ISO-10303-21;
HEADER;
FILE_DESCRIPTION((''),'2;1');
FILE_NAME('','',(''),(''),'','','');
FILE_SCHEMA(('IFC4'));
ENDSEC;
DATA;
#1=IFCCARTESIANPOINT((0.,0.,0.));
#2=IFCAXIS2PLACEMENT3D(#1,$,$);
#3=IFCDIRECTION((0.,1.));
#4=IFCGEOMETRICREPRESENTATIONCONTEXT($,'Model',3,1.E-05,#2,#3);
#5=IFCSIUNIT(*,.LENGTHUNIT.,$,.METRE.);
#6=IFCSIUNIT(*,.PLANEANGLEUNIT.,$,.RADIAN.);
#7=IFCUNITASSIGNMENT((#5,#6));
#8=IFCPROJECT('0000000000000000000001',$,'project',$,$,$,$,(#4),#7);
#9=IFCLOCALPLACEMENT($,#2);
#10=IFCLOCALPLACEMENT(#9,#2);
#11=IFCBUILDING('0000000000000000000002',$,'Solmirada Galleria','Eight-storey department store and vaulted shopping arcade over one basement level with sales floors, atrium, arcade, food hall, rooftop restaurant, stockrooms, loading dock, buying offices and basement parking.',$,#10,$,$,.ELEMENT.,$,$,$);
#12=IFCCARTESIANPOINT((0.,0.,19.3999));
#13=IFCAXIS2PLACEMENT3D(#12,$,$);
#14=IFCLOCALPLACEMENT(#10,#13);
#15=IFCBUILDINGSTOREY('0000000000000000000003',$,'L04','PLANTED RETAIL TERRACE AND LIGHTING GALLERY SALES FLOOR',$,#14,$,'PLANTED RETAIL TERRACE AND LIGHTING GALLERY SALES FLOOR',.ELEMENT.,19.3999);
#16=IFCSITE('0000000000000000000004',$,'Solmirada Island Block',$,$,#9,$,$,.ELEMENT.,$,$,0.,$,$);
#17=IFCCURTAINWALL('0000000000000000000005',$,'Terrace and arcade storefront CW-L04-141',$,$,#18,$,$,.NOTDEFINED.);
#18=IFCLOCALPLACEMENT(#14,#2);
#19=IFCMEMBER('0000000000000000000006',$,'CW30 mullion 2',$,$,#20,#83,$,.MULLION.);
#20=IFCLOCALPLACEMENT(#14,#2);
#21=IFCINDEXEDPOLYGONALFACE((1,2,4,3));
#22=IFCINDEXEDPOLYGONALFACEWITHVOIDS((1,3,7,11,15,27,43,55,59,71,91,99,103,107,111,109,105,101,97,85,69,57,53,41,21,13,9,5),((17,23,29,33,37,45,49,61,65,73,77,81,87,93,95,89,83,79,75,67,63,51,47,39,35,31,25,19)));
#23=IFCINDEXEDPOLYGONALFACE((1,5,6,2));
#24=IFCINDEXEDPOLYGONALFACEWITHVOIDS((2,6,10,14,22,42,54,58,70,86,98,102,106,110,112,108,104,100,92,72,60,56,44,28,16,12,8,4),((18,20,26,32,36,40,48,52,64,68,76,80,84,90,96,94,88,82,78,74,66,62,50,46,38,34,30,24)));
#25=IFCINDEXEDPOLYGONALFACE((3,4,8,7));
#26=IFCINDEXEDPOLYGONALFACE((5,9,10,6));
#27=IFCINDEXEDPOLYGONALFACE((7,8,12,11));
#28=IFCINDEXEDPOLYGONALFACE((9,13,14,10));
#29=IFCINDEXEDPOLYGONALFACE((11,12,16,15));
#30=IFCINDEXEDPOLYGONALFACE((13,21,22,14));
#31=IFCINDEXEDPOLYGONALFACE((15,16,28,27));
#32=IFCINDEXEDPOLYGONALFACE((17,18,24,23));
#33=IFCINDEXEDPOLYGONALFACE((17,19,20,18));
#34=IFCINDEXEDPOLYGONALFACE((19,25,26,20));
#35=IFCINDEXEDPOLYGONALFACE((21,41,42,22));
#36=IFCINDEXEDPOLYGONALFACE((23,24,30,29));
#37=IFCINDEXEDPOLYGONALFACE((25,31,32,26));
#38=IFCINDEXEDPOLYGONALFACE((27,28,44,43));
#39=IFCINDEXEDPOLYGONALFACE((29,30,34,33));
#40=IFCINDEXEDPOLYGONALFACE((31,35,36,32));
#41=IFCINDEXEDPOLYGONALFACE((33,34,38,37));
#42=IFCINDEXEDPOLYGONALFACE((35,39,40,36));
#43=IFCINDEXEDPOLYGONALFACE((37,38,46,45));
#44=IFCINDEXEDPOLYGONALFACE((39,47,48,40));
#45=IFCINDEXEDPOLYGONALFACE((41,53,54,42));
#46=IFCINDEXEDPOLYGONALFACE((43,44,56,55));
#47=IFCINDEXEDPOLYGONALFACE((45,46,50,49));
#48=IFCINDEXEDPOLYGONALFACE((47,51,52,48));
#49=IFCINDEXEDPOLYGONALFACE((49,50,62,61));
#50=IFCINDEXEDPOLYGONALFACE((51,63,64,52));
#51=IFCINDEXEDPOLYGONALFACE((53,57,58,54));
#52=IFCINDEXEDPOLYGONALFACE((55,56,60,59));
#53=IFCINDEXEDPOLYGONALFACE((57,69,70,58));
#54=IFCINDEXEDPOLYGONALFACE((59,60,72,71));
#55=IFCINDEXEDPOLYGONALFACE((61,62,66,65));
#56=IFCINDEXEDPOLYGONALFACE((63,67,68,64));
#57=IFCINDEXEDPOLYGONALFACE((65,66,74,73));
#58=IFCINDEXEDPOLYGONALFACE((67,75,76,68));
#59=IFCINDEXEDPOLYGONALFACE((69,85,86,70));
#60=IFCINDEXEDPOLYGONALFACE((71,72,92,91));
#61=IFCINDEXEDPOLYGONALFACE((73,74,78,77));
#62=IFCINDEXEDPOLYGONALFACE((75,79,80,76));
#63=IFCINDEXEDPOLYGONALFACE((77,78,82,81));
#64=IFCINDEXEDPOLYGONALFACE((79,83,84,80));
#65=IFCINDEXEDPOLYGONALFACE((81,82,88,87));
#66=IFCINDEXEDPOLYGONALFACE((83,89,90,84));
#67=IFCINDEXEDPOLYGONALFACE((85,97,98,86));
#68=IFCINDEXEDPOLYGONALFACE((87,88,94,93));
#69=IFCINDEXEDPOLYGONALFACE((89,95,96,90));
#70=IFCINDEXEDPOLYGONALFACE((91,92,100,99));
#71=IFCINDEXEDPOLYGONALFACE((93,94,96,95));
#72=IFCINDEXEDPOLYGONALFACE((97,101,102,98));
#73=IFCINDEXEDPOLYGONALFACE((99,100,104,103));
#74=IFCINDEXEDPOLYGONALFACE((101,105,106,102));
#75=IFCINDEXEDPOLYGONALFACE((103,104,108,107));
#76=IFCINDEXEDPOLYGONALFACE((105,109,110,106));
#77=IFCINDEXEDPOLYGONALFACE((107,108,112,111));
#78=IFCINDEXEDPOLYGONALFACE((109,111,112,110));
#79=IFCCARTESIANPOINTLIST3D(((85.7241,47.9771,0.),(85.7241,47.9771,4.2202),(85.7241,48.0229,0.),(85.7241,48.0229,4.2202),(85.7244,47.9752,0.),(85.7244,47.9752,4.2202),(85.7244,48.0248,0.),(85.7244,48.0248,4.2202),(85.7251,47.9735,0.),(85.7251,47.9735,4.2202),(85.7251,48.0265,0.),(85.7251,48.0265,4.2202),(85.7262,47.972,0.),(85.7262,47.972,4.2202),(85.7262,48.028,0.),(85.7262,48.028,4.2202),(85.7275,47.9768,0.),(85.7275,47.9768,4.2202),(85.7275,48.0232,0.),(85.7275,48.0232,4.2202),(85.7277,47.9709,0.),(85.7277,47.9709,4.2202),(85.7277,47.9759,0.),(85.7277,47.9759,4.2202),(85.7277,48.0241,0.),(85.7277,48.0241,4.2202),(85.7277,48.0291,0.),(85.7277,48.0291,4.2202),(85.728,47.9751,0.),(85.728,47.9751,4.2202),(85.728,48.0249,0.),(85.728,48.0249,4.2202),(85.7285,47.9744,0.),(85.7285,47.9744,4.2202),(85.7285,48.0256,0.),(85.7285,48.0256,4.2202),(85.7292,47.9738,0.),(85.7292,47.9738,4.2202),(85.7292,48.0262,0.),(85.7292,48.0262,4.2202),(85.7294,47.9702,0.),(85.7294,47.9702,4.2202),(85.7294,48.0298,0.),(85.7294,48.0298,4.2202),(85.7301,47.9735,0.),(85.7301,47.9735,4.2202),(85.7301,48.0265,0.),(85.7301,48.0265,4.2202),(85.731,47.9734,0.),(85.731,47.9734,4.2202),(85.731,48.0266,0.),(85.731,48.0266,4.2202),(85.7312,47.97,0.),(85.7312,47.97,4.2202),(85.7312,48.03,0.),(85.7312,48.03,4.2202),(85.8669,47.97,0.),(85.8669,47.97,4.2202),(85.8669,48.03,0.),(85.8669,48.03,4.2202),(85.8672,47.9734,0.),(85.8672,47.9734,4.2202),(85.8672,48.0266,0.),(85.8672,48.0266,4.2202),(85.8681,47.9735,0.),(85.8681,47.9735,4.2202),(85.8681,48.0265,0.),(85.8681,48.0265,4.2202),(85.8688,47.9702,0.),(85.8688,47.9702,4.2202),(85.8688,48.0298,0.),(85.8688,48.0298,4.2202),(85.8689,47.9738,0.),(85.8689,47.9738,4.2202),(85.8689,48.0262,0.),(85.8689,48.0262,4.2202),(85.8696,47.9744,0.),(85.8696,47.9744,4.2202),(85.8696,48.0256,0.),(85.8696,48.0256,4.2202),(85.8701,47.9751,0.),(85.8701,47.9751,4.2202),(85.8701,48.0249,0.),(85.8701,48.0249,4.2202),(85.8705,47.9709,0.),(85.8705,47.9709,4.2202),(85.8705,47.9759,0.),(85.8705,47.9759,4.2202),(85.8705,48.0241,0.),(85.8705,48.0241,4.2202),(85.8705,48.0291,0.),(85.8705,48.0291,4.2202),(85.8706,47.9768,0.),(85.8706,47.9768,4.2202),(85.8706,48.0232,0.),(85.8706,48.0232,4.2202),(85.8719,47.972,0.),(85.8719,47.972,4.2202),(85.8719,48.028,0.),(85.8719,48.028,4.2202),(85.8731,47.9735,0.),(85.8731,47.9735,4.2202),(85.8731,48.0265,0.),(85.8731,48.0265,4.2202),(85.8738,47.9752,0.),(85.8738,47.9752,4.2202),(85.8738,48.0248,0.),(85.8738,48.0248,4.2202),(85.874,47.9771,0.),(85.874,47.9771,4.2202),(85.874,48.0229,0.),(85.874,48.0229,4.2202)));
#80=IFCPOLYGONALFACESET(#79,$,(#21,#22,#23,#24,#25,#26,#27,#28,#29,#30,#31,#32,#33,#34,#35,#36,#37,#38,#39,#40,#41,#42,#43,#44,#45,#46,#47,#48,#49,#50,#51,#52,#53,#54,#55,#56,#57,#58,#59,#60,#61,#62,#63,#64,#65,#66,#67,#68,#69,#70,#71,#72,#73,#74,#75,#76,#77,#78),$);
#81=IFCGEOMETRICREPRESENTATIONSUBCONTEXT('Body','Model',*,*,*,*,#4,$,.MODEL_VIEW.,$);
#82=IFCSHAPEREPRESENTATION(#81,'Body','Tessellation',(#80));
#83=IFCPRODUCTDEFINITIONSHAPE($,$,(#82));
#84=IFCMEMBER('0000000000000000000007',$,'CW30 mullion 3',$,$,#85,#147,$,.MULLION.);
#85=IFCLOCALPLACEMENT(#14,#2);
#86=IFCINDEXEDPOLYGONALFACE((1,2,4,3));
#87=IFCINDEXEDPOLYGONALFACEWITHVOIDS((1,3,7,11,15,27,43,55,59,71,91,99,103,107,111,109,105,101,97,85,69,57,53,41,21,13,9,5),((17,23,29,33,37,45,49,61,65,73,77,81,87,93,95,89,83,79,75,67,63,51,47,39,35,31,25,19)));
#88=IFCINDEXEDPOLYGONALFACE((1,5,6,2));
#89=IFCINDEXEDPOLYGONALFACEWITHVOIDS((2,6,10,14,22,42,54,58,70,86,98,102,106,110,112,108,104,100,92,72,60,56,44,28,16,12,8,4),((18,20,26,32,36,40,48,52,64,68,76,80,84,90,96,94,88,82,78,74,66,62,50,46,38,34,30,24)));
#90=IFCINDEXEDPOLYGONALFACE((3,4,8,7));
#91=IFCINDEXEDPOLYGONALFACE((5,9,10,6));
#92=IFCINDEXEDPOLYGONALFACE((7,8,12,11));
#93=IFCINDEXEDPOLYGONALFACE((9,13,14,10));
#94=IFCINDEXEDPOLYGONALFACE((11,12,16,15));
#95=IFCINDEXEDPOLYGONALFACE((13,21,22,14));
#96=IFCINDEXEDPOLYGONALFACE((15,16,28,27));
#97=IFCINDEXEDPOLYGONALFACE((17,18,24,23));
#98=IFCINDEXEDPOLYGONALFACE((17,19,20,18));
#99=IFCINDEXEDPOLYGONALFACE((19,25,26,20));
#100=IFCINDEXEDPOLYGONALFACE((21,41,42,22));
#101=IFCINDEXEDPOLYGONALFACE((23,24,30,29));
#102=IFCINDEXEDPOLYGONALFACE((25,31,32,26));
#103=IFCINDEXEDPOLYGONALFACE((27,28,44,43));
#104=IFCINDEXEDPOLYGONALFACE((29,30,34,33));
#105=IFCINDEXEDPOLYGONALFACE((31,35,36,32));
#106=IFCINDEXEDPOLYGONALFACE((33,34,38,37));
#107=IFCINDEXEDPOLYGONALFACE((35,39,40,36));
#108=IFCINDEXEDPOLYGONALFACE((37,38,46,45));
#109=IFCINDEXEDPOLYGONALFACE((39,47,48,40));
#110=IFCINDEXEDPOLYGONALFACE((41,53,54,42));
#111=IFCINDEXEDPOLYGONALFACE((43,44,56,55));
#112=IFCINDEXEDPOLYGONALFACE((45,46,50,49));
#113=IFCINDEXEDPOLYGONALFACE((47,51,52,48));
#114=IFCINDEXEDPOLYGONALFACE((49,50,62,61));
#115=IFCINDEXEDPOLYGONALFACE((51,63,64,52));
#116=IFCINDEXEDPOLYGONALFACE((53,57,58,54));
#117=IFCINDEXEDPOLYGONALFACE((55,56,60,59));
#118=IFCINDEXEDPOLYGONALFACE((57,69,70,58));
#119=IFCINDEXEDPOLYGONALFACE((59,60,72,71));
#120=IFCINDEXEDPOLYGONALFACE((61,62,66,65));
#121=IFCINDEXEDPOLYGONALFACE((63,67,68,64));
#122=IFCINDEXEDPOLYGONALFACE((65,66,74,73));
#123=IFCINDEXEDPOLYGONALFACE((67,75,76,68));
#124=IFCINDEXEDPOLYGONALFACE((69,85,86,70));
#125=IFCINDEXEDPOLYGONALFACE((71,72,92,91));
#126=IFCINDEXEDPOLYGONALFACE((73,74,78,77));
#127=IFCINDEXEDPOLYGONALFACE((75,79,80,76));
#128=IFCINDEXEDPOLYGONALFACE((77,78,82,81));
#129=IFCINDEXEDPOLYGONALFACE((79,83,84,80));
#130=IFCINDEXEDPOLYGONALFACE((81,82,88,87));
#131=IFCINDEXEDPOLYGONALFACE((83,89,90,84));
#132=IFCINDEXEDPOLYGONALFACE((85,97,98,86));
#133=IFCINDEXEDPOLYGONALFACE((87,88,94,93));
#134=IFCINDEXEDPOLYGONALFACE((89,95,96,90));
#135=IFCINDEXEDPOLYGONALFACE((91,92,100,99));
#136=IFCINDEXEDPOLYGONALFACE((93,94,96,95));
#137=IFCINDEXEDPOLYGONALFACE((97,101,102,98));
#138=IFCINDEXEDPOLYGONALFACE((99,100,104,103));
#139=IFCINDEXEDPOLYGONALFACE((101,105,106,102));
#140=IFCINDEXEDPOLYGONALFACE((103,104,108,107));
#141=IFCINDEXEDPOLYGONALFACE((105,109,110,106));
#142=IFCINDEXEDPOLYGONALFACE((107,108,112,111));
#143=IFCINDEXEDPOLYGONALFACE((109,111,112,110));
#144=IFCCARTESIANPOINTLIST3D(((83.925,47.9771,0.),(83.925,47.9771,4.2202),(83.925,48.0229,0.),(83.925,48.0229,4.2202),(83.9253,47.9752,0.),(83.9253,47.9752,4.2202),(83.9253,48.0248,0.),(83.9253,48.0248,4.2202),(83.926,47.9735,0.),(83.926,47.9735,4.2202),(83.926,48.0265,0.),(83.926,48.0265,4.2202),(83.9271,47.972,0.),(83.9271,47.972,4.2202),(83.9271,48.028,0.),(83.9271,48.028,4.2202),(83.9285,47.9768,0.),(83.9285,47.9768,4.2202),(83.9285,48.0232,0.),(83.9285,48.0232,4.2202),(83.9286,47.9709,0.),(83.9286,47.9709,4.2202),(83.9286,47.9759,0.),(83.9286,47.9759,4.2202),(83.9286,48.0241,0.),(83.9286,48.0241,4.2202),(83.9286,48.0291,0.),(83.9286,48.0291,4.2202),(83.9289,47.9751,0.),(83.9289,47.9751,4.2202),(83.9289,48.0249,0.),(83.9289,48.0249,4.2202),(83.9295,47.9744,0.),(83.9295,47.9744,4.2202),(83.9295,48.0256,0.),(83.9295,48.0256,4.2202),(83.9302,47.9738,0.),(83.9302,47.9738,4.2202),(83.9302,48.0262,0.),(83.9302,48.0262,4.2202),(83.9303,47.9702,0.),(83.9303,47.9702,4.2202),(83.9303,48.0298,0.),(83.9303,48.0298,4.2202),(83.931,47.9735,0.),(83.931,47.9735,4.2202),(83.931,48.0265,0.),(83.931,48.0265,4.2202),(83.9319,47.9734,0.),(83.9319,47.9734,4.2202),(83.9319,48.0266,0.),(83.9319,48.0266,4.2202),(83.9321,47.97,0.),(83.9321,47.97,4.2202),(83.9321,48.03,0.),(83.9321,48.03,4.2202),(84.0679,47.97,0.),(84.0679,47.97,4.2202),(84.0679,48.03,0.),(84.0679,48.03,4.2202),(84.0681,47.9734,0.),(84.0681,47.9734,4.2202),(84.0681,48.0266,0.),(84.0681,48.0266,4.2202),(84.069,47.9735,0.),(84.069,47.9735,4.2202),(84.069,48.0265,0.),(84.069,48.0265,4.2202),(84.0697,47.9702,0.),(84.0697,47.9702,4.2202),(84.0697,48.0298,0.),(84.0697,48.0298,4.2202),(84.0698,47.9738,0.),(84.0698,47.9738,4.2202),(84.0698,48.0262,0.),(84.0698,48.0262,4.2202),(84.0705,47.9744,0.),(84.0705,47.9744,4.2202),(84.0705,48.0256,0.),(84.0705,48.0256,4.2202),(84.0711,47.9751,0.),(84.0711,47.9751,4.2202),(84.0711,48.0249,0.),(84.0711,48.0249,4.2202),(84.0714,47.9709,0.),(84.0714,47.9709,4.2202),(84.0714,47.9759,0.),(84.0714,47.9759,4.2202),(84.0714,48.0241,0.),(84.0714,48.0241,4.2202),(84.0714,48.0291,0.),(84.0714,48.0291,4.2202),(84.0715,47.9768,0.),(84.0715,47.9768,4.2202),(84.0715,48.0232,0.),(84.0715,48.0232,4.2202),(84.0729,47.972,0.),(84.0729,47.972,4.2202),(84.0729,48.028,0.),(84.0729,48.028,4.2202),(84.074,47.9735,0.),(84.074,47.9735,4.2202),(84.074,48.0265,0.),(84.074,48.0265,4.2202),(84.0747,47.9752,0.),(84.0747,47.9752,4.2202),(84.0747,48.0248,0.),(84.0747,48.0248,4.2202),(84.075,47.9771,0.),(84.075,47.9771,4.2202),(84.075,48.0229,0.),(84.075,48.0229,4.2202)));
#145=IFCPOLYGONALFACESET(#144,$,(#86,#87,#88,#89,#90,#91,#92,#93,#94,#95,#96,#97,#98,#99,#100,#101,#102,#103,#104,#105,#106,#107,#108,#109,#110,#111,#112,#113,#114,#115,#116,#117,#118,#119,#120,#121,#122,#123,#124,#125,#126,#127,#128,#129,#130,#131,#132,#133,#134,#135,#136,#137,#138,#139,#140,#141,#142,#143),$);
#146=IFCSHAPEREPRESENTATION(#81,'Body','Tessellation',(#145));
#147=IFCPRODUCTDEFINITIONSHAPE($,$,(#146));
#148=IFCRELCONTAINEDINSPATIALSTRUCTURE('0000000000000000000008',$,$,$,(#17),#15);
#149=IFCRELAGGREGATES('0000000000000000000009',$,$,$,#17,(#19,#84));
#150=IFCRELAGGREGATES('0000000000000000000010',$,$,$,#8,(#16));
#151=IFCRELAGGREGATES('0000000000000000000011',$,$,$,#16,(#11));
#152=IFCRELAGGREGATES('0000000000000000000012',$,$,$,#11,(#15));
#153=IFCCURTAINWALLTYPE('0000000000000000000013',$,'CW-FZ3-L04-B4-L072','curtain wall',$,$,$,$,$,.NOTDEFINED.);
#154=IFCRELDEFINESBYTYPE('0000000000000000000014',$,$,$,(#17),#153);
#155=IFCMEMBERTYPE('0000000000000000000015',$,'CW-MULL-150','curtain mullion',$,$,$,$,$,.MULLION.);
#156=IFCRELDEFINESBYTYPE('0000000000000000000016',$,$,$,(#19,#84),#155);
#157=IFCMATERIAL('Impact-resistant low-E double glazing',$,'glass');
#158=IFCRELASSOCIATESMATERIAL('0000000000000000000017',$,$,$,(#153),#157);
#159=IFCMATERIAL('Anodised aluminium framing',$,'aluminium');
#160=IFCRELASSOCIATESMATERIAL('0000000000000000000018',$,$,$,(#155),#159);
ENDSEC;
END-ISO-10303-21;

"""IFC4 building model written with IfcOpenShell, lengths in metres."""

from ifc_helpers import new_model, si_unit, direction, frame, origin, origin_2d, place, context, subcontext, project, spatial, hollow_rectangle, extrude, material, material_profile, profile_set, type_object, element, aggregate, save


model = new_model("IFC4")

# Units and contexts
model_context = context("Model", 3, precision=1e-05, world=origin(), true_north=direction((0.0, 1.0)))
body_context = subcontext(model_context, "Body", "Model", "MODEL_VIEW")
ifc_project = project(units=[si_unit("LENGTHUNIT", "METRE"), si_unit("PLANEANGLEUNIT", "RADIAN")], contexts=[model_context])

# Site, building, storey
site_placement = place(None, origin())
site = spatial("IfcSite", under=ifc_project, at=site_placement, Name="Solmirada Island Block", CompositionType="ELEMENT", RefElevation=0.0)
building_placement = place(site_placement, origin())
building = spatial("IfcBuilding", under=site, at=building_placement, Name="Solmirada Galleria", Description="Eight-storey department store and vaulted shopping arcade over one basement level with sales floors, atrium, arcade, food hall, rooftop restaurant, stockrooms, loading dock, buying offices and basement parking.", CompositionType="ELEMENT")
storey_placement = place(building_placement, frame((0.0, 0.0, 19.3999)))
storey = spatial("IfcBuildingStorey", under=building, at=storey_placement, Name="L04", Description="PLANTED RETAIL TERRACE AND LIGHTING GALLERY SALES FLOOR", LongName="PLANTED RETAIL TERRACE AND LIGHTING GALLERY SALES FLOOR", CompositionType="ELEMENT", Elevation=19.3999)

# Curtain wall, members
ifc_material_1 = material(Name="Impact-resistant low-E double glazing", Category="glass")
curtain_wall_type = type_object("IfcCurtainWallType", Name="CW-FZ3-L04-B4-L072", Description="curtain wall", PredefinedType="NOTDEFINED", material=ifc_material_1)
curtain_wall_placement = place(storey_placement, origin())
curtain_wall = element("IfcCurtainWall", 1, at=curtain_wall_placement, inside=storey, type_object=curtain_wall_type, Name="Terrace and arcade storefront CW-L04-141", PredefinedType="NOTDEFINED")
ifc_material_2 = material(Name="Anodised aluminium framing", Category="aluminium")
ifc_material_profile_1 = material_profile(ifc_material_2, hollow_rectangle(XDim=0.0601, YDim=0.1499, WallThickness=0.0034, InnerFilletRadius=0.0034, OuterFilletRadius=0.0071, at=origin_2d()), Name="ALU-MULL-150X60")
ifc_profile_set_1 = profile_set([ifc_material_profile_1], Name="Anodised aluminium framing")
member_type_1 = type_object("IfcMemberType", Name="CW-MULL-150", Description="curtain mullion", PredefinedType="MULLION", material=ifc_profile_set_1)
member_1_placement = place(storey_placement, frame((85.7991, 48.0, 0.0), z_axis=(0.0, 0.0, 1.0), x_axis=(0.0, -1.0, 0.0)))
member_1 = element("IfcMember", 2, at=member_1_placement, type_object=member_type_1, Name="CW30 mullion 2", PredefinedType="MULLION", context=body_context, shape_type="SweptSolid", body=[
    extrude(hollow_rectangle(XDim=0.0601, YDim=0.1499, WallThickness=0.0034, InnerFilletRadius=0.0034, OuterFilletRadius=0.0071, at=origin_2d()), origin(), (0.0, 0.0, 1.0), 4.2202),
])
member_2_placement = place(storey_placement, frame((84.0, 48.0, 0.0), z_axis=(0.0, 0.0, 1.0), x_axis=(0.0, -1.0, 0.0)))
member_2 = element("IfcMember", 3, at=member_2_placement, type_object=member_type_1, Name="CW30 mullion 3", PredefinedType="MULLION", context=body_context, shape_type="SweptSolid", body=[
    extrude(hollow_rectangle(XDim=0.0601, YDim=0.1499, WallThickness=0.0034, InnerFilletRadius=0.0034, OuterFilletRadius=0.0071, at=origin_2d()), origin(), (0.0, 0.0, 1.0), 4.2202),
])
aggregate(curtain_wall, [member_1, member_2])

save(model, "model.ifc")
